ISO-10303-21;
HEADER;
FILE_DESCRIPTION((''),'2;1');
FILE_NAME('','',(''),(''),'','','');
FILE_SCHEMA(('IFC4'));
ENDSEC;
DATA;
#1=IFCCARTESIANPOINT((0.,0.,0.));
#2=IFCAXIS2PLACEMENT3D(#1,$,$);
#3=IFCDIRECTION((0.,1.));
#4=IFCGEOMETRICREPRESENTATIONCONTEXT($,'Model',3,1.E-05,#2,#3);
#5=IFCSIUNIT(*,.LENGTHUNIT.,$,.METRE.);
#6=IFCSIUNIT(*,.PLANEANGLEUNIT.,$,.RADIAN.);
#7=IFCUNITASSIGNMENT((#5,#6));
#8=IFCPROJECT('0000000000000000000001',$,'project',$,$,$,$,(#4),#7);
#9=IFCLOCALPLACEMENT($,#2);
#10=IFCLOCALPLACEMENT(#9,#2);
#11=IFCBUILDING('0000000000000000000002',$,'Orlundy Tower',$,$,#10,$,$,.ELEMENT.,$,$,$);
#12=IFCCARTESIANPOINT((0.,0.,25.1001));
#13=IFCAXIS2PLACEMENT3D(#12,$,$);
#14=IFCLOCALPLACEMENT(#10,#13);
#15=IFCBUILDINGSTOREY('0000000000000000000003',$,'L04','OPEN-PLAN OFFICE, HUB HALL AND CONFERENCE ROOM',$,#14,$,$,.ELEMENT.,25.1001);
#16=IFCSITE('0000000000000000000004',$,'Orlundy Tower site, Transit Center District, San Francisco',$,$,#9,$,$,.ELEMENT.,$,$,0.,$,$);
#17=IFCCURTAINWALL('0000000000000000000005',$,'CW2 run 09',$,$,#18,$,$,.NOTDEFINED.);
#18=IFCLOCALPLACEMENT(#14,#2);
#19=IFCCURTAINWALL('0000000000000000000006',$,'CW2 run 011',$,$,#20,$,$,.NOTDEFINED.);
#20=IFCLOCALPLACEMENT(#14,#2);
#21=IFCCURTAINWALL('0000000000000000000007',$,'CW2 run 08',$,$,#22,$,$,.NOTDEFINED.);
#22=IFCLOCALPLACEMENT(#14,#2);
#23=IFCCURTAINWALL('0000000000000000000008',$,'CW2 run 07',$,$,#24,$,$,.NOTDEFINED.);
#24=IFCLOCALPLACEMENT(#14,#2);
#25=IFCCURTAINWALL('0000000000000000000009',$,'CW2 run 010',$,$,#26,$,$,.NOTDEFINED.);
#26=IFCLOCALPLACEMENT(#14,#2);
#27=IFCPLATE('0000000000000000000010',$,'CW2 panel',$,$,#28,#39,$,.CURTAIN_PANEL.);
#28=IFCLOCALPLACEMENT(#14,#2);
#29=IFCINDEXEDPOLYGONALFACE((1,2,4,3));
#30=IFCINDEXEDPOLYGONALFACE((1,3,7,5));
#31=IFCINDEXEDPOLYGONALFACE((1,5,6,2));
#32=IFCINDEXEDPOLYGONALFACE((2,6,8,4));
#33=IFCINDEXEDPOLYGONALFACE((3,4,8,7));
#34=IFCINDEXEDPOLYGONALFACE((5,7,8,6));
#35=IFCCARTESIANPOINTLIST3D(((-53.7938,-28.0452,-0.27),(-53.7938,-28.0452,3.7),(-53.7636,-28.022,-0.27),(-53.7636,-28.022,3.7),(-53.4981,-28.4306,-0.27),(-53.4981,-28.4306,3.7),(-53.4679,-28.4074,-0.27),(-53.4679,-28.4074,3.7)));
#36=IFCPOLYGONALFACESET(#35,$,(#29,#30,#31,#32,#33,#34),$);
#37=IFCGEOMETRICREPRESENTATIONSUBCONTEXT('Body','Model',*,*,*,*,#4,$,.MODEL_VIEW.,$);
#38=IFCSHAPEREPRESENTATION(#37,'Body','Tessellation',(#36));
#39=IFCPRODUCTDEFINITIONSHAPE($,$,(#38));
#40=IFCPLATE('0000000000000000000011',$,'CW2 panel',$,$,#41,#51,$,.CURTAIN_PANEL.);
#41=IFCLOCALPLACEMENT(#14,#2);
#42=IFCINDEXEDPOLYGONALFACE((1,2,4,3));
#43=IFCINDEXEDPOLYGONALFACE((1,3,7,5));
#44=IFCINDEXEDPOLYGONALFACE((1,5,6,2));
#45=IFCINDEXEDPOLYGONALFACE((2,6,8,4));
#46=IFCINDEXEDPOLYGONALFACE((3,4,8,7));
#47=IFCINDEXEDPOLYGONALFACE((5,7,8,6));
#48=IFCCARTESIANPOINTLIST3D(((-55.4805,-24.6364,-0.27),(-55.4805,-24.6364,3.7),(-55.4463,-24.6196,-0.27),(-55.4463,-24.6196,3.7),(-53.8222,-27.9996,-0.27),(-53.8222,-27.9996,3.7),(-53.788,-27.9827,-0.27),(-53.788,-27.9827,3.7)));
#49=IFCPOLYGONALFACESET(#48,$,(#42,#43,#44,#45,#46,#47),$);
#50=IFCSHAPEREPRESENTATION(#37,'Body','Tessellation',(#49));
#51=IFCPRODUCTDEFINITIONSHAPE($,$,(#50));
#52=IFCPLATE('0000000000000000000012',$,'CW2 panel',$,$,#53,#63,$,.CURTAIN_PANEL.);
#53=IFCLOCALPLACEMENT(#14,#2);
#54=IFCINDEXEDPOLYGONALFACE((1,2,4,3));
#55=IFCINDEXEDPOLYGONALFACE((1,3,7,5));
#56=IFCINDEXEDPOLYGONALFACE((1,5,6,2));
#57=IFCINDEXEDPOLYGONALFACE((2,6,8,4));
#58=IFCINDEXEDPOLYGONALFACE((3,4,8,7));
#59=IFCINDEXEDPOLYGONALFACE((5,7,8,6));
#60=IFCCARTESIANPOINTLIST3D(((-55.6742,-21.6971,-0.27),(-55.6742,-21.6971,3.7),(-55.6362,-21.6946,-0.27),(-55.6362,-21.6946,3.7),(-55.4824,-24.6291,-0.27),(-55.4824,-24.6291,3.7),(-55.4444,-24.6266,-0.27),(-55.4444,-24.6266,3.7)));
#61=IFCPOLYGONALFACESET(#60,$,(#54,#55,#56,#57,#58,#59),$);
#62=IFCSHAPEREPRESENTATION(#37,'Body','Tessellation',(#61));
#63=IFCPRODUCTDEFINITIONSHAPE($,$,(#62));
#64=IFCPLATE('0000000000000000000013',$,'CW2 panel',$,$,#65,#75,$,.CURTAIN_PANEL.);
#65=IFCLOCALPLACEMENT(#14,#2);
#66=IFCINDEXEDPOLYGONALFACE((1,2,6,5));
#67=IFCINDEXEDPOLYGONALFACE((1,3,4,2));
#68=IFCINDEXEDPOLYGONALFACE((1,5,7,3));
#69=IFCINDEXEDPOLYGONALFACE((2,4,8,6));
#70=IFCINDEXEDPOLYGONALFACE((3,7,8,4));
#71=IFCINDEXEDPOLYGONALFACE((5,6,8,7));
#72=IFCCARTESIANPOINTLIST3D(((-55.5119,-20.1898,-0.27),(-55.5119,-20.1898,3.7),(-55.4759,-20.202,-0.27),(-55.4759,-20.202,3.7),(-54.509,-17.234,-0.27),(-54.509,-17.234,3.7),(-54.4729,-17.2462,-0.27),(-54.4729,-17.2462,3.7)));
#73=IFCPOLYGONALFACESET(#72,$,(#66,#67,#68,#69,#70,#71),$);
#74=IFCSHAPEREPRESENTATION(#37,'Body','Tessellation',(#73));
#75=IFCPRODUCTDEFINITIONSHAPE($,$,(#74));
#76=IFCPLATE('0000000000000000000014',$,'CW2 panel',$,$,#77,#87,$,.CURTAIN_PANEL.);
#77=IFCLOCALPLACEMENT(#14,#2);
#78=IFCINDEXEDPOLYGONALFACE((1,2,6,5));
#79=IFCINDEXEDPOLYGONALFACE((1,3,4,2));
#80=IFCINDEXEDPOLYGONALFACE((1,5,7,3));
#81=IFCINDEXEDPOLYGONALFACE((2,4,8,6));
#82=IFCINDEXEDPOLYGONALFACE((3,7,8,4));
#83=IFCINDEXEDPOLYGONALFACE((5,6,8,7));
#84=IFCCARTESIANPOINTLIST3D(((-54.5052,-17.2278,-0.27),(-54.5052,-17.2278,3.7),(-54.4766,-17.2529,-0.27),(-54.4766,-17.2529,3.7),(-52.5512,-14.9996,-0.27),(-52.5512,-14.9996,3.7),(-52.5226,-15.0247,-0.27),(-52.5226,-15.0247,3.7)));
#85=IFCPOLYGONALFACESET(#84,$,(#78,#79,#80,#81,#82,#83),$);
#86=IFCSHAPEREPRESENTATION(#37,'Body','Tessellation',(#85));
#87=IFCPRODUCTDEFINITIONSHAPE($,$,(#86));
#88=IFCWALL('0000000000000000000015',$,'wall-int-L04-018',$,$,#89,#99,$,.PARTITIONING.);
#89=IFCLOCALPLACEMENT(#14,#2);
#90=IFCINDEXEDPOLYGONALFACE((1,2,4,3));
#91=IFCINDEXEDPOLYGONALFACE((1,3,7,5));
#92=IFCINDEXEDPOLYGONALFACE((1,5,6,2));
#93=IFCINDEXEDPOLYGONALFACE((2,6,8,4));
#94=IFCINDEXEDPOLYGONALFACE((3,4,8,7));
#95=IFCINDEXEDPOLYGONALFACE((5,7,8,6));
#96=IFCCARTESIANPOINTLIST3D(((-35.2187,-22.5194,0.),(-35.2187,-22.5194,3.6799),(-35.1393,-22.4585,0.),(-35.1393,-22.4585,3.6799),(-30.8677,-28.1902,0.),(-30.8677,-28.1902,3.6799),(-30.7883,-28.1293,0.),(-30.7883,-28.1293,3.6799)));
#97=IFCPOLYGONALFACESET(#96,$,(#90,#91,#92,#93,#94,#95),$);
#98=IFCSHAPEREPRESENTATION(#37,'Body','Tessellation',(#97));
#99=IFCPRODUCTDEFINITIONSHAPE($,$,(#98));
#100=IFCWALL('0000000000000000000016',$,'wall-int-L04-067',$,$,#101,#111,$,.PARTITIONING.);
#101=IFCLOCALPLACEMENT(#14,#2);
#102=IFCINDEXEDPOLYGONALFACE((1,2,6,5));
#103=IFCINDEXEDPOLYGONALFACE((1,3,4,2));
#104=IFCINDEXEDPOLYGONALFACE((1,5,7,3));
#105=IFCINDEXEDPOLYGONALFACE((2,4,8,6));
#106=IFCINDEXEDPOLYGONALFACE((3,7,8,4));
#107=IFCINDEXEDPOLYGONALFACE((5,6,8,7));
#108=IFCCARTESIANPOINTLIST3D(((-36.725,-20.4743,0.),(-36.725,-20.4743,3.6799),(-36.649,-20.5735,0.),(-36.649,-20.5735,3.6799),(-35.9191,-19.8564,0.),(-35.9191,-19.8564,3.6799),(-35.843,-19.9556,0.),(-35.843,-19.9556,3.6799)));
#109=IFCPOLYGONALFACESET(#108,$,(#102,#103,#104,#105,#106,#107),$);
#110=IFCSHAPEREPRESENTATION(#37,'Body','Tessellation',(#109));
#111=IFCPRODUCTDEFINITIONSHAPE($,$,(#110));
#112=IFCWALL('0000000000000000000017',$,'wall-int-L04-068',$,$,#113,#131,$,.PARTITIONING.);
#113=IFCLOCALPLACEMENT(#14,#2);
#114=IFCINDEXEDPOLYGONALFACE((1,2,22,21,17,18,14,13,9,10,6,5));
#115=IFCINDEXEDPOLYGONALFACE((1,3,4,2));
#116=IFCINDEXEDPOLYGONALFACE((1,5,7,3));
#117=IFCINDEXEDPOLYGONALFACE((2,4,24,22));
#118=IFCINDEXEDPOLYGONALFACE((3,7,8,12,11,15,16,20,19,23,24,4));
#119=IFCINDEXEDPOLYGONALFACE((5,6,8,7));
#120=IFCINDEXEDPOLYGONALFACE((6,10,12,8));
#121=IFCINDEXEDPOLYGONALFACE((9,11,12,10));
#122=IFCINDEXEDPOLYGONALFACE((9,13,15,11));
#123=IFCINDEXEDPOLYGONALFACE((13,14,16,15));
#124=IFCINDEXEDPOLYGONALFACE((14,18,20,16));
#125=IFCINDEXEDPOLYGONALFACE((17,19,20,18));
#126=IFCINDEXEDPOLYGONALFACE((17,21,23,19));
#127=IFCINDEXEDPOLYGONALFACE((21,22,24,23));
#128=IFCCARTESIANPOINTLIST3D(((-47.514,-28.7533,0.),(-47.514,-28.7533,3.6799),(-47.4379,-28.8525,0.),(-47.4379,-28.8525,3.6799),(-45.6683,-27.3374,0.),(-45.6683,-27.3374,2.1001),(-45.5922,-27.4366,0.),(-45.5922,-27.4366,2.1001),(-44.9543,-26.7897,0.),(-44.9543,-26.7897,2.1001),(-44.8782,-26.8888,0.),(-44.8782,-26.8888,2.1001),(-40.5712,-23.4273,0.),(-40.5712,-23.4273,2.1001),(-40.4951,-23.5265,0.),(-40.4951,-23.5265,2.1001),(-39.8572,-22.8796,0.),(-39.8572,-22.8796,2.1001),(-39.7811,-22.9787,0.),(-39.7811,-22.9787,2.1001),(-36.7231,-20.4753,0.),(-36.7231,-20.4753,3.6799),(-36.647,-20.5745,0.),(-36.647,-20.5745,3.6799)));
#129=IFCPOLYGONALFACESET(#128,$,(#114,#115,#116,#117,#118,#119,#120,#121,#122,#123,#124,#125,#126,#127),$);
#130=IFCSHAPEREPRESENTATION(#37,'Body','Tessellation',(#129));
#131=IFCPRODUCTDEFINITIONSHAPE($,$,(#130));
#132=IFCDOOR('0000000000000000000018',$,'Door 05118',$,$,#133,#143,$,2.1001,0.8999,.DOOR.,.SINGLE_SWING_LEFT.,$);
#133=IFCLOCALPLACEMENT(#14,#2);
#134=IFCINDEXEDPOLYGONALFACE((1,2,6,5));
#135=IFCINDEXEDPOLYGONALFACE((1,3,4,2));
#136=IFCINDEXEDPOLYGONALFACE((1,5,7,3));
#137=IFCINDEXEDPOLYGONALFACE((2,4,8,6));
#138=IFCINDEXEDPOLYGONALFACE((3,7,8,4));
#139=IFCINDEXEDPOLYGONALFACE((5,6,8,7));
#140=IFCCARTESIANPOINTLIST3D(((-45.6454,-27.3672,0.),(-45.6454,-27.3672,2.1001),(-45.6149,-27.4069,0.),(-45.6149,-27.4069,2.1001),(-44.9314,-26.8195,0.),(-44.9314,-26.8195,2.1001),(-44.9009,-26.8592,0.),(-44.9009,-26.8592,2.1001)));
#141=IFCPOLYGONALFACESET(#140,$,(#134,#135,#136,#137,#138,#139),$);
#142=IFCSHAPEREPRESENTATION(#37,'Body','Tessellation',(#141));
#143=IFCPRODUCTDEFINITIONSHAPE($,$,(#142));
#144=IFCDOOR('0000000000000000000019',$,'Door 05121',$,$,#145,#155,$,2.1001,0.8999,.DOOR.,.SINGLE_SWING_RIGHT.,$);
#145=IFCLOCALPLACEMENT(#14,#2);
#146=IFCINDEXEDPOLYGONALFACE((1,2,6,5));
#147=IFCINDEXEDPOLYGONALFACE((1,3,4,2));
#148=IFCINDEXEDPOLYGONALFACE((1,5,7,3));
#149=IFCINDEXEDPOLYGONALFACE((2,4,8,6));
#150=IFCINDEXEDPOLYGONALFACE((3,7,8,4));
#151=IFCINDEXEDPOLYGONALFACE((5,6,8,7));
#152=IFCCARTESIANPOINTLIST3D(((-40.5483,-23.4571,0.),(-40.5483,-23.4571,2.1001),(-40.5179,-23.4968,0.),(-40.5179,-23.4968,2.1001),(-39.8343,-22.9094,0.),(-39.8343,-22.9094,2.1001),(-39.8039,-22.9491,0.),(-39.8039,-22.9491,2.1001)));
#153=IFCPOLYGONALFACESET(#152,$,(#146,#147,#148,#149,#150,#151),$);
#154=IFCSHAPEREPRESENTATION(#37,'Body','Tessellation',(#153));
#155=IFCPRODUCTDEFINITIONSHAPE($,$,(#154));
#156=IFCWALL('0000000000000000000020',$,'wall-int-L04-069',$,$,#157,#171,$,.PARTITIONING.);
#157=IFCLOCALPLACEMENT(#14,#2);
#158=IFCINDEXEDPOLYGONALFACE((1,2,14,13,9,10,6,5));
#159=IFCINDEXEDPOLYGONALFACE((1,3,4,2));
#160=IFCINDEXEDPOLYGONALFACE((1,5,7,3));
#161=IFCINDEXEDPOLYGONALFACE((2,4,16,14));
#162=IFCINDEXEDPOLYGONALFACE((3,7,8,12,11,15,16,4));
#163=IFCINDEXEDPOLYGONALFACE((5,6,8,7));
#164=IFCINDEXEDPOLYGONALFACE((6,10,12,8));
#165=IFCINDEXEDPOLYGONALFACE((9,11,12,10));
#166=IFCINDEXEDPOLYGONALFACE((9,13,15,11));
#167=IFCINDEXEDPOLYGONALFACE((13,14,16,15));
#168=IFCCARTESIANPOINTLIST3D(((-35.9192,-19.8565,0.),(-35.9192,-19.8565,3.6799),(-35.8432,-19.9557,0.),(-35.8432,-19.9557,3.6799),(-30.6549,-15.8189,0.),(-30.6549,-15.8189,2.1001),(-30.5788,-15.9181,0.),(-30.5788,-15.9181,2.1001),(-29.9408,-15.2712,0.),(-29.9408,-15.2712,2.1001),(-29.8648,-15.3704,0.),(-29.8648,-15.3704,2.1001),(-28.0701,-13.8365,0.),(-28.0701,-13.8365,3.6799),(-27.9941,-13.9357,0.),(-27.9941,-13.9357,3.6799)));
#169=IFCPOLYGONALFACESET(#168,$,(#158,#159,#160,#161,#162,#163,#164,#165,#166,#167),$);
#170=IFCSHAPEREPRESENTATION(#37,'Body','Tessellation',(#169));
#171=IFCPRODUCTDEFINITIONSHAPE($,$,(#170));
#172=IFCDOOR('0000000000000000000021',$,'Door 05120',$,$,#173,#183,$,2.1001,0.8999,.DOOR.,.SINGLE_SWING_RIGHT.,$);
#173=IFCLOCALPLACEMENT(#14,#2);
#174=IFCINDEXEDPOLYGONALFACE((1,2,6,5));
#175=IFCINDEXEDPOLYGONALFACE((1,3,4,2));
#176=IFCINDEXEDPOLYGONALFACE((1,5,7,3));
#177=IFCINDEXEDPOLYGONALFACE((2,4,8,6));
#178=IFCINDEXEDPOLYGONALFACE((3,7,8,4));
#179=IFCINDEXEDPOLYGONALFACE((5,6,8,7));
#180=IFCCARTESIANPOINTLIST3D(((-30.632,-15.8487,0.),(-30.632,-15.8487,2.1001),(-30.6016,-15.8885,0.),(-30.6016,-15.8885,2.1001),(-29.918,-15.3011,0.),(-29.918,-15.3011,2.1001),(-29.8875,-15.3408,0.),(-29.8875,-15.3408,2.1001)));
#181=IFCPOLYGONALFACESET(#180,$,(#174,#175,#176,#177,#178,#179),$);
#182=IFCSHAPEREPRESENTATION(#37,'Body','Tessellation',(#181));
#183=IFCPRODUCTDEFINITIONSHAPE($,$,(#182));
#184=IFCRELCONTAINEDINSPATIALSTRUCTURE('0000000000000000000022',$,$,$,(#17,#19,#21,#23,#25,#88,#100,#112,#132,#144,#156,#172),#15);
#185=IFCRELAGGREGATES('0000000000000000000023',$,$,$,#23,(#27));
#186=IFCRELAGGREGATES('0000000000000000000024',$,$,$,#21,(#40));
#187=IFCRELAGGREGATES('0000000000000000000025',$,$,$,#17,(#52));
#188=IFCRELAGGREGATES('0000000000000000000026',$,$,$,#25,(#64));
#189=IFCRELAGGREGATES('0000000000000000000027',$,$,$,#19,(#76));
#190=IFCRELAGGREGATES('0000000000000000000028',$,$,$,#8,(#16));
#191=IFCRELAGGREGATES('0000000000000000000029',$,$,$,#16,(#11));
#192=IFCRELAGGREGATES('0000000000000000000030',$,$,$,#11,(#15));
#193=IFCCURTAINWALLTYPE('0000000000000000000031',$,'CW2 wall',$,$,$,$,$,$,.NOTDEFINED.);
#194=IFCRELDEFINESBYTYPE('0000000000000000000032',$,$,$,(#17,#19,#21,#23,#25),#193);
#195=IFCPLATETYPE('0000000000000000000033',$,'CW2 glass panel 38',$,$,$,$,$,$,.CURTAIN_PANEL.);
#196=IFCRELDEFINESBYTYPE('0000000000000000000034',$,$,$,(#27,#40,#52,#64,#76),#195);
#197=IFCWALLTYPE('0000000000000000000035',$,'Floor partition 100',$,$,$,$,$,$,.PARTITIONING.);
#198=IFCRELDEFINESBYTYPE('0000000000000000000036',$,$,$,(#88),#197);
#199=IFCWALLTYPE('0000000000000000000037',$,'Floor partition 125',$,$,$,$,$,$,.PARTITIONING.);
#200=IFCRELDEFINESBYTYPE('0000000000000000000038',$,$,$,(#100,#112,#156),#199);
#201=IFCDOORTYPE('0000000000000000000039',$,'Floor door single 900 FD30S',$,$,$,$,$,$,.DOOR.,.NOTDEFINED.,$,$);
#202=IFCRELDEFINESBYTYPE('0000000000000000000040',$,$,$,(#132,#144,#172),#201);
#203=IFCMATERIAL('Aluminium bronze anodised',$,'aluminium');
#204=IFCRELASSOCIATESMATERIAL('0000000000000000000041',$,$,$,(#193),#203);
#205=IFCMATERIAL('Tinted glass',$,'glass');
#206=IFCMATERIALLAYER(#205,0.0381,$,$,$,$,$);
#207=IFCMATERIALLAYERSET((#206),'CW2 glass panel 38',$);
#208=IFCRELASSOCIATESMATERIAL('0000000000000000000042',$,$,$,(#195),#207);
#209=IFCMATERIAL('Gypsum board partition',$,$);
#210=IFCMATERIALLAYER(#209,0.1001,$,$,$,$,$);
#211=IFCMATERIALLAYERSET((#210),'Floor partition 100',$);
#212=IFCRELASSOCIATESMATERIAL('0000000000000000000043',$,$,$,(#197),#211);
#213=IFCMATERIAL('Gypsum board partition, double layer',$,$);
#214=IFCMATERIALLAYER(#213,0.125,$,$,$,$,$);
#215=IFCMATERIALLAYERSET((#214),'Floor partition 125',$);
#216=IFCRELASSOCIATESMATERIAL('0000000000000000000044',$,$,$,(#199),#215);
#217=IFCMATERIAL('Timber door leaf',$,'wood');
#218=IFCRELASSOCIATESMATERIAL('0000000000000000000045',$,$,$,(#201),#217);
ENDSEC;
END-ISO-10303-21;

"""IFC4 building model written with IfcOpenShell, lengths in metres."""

from ifc_helpers import new_model, si_unit, direction, frame, frame_2d, origin, origin_2d, place, context, subcontext, project, spatial, rectangle, extrude, material, layer, layer_set, type_object, element, fill, aggregate, save


model = new_model("IFC4")

# Units and contexts
model_context = context("Model", 3, precision=1e-05, world=origin(), true_north=direction((0.0, 1.0)))
body_context = subcontext(model_context, "Body", "Model", "MODEL_VIEW")
ifc_project = project(units=[si_unit("LENGTHUNIT", "METRE"), si_unit("PLANEANGLEUNIT", "RADIAN")], contexts=[model_context])

# Site, building, storey
site_placement = place(None, origin())
site = spatial("IfcSite", under=ifc_project, at=site_placement, Name="Orlundy Tower site, Transit Center District, San Francisco", CompositionType="ELEMENT", RefElevation=0.0)
building_placement = place(site_placement, origin())
building = spatial("IfcBuilding", under=site, at=building_placement, Name="Orlundy Tower", CompositionType="ELEMENT")
storey_placement = place(building_placement, frame((0.0, 0.0, 25.1001)))
storey = spatial("IfcBuildingStorey", under=building, at=storey_placement, Name="L04", Description="OPEN-PLAN OFFICE, HUB HALL AND CONFERENCE ROOM", CompositionType="ELEMENT", Elevation=25.1001)

# Curtain walls
ifc_material_1 = material(Name="Aluminium bronze anodised", Category="aluminium")
curtain_wall_type = type_object("IfcCurtainWallType", Name="CW2 wall", PredefinedType="NOTDEFINED", material=ifc_material_1)
curtain_wall_1_placement = place(storey_placement, origin())
curtain_wall_1 = element("IfcCurtainWall", 1, at=curtain_wall_1_placement, inside=storey, type_object=curtain_wall_type, Name="CW2 run 09", PredefinedType="NOTDEFINED")
curtain_wall_2_placement = place(storey_placement, origin())
curtain_wall_2 = element("IfcCurtainWall", 2, at=curtain_wall_2_placement, inside=storey, type_object=curtain_wall_type, Name="CW2 run 011", PredefinedType="NOTDEFINED")
curtain_wall_3_placement = place(storey_placement, origin())
curtain_wall_3 = element("IfcCurtainWall", 3, at=curtain_wall_3_placement, inside=storey, type_object=curtain_wall_type, Name="CW2 run 08", PredefinedType="NOTDEFINED")
curtain_wall_4_placement = place(storey_placement, origin())
curtain_wall_4 = element("IfcCurtainWall", 4, at=curtain_wall_4_placement, inside=storey, type_object=curtain_wall_type, Name="CW2 run 07", PredefinedType="NOTDEFINED")

# Curtain wall
curtain_wall_5_placement = place(storey_placement, origin())
curtain_wall_5 = element("IfcCurtainWall", 5, at=curtain_wall_5_placement, inside=storey, type_object=curtain_wall_type, Name="CW2 run 010", PredefinedType="NOTDEFINED")

# Plates
ifc_material_2 = material(Name="Tinted glass", Category="glass")
ifc_layer_1 = layer(ifc_material_2, 0.0381)
ifc_layer_set_1 = layer_set([ifc_layer_1], Name="CW2 glass panel 38")
plate_type = type_object("IfcPlateType", Name="CW2 glass panel 38", PredefinedType="CURTAIN_PANEL", material=ifc_layer_set_1)
plate_1_placement = place(storey_placement, frame((-53.6309, -28.2263, -0.27), z_axis=(0.0, 0.0, 1.0), x_axis=(-0.608748, 0.793363, 0.0)))
plate_1 = element("IfcPlate", 6, at=plate_1_placement, type_object=plate_type, Name="CW2 panel", PredefinedType="CURTAIN_PANEL", context=body_context, shape_type="SweptSolid", body=[
    extrude(rectangle(XDim=0.4858, YDim=0.0381, at=origin_2d()), origin(), (0.0, 0.0, 1.0), 3.97),
])
aggregate(curtain_wall_4, [plate_1])
plate_2_placement = place(storey_placement, frame((-54.6343, -26.3096, -0.27), z_axis=(0.0, 0.0, 1.0), x_axis=(-0.442242, 0.896896, 0.0)))
plate_2 = element("IfcPlate", 7, at=plate_2_placement, type_object=plate_type, Name="CW2 panel", PredefinedType="CURTAIN_PANEL", context=body_context, shape_type="SweptSolid", body=[
    extrude(rectangle(XDim=3.7498, YDim=0.0381, at=origin_2d()), origin(), (0.0, 0.0, 1.0), 3.97),
])
aggregate(curtain_wall_3, [plate_2])
plate_3_placement = place(storey_placement, frame((-55.5593, -23.1619, -0.27), z_axis=(0.0, 0.0, 1.0), x_axis=(-0.065284, 0.997867, 0.0)))
plate_3 = element("IfcPlate", 8, at=plate_3_placement, type_object=plate_type, Name="CW2 panel", PredefinedType="CURTAIN_PANEL", context=body_context, shape_type="SweptSolid", body=[
    extrude(rectangle(XDim=2.9382, YDim=0.0381, at=origin_2d()), origin(), (0.0, 0.0, 1.0), 3.97),
])
aggregate(curtain_wall_1, [plate_3])
plate_4_placement = place(storey_placement, frame((-54.9924, -18.718, -0.27), z_axis=(0.0, 0.0, 1.0), x_axis=(0.321322, 0.94697, 0.0)))
plate_4 = element("IfcPlate", 9, at=plate_4_placement, type_object=plate_type, Name="CW2 panel", PredefinedType="CURTAIN_PANEL", context=body_context, shape_type="SweptSolid", body=[
    extrude(rectangle(XDim=3.1213, YDim=0.0381, at=origin_2d()), origin(), (0.0, 0.0, 1.0), 3.97),
])
aggregate(curtain_wall_5, [plate_4])
plate_5_placement = place(storey_placement, frame((-53.5139, -16.1262, -0.27), z_axis=(0.0, 0.0, 1.0), x_axis=(0.659325, 0.751858, 0.0)))
plate_5 = element("IfcPlate", 10, at=plate_5_placement, type_object=plate_type, Name="CW2 panel", PredefinedType="CURTAIN_PANEL", context=body_context, shape_type="SweptSolid", body=[
    extrude(rectangle(XDim=2.9636, YDim=0.0381, at=origin_2d()), origin(), (0.0, 0.0, 1.0), 3.97),
])
aggregate(curtain_wall_2, [plate_5])

# Walls
ifc_material_3 = material(Name="Gypsum board partition")
ifc_layer_2 = layer(ifc_material_3, 0.1001)
ifc_layer_set_2 = layer_set([ifc_layer_2], Name="Floor partition 100")
wall_type_1 = type_object("IfcWallType", Name="Floor partition 100", PredefinedType="PARTITIONING", material=ifc_layer_set_2)
wall_1_placement = place(storey_placement, frame((-35.179, -22.489, 0.0), z_axis=(0.0, 0.0, 1.0), x_axis=(0.60873, -0.793378, 0.0)))
element("IfcWall", 11, at=wall_1_placement, inside=storey, type_object=wall_type_1, Name="wall-int-L04-018", PredefinedType="PARTITIONING", context=body_context, shape_type="SweptSolid", body=[
    extrude(rectangle(XDim=7.1477, YDim=0.1001, at=frame_2d((3.5737, 0.0))), origin(), (0.0, 0.0, 1.0), 3.6799),
])
ifc_material_4 = material(Name="Gypsum board partition, double layer")
ifc_layer_3 = layer(ifc_material_4, 0.125)
ifc_layer_set_3 = layer_set([ifc_layer_3], Name="Floor partition 125")
wall_type_2 = type_object("IfcWallType", Name="Floor partition 125", PredefinedType="PARTITIONING", material=ifc_layer_set_3)
wall_2_placement = place(storey_placement, frame((-36.687, -20.5239, 0.0), z_axis=(0.0, 0.0, 1.0), x_axis=(0.793579, 0.608467, 0.0)))
element("IfcWall", 12, at=wall_2_placement, inside=storey, type_object=wall_type_2, Name="wall-int-L04-067", PredefinedType="PARTITIONING", context=body_context, shape_type="SweptSolid", body=[
    extrude(rectangle(XDim=1.0156, YDim=0.125, at=frame_2d((0.5078, 0.0))), origin(), (0.0, 0.0, 1.0), 3.6799),
])

# Wall, openings, doors
wall_3_placement = place(storey_placement, frame((-47.4761, -28.803, 0.0), z_axis=(0.0, 0.0, 1.0), x_axis=(0.79343, 0.608661, 0.0)))
wall_3 = element("IfcWall", 13, at=wall_3_placement, inside=storey, type_object=wall_type_2, Name="wall-int-L04-068", PredefinedType="PARTITIONING", context=body_context, shape_type="SweptSolid", body=[
    extrude(rectangle(XDim=13.6003, YDim=0.125, at=frame_2d((6.8003, 0.0))), origin(), (0.0, 0.0, 1.0), 3.6799),
])
opening_1_placement = place(wall_3_placement, frame((2.3264, 0.0, 0.0)))
opening_1 = element("IfcOpeningElement", 14, at=opening_1_placement, cuts=wall_3, PredefinedType="OPENING", context=body_context, shape_type="SweptSolid", body=[
    extrude(rectangle(XDim=0.8999, YDim=2.1001, at=frame_2d((0.45, 1.05))), frame((0.0, 0.0725, 0.0), z_axis=(0.0, -1.0, 0.0), x_axis=(1.0, 0.0, 0.0)), (0.0, 0.0, 1.0), 0.145),
])
opening_2_placement = place(wall_3_placement, frame((8.7505, 0.0, 0.0)))
opening_2 = element("IfcOpeningElement", 15, at=opening_2_placement, cuts=wall_3, PredefinedType="OPENING", context=body_context, shape_type="SweptSolid", body=[
    extrude(rectangle(XDim=0.8999, YDim=2.1001, at=frame_2d((0.45, 1.05))), frame((0.0, 0.0725, 0.0), z_axis=(0.0, -1.0, 0.0), x_axis=(1.0, 0.0, 0.0)), (0.0, 0.0, 1.0), 0.145),
])
ifc_material_5 = material(Name="Timber door leaf", Category="wood")
door_type = type_object("IfcDoorType", Name="Floor door single 900 FD30S", OperationType="NOTDEFINED", PredefinedType="DOOR", material=ifc_material_5)
door_1_placement = place(opening_1_placement, origin())
door_1 = element("IfcDoor", 16, at=door_1_placement, inside=storey, type_object=door_type, Name="Door 05118", OperationType="SINGLE_SWING_LEFT", OverallHeight=2.1001, OverallWidth=0.8999, PredefinedType="DOOR", context=body_context, shape_type="SweptSolid", body=[
    extrude(rectangle(XDim=0.8999, YDim=2.1001, at=frame_2d((0.45, 1.05))), frame((0.0, 0.0249, 0.0), z_axis=(0.0, -1.0, 0.0), x_axis=(1.0, 0.0, 0.0)), (0.0, 0.0, 1.0), 0.05),
])
fill(opening_1, door_1)
door_2_placement = place(opening_2_placement, origin())
door_2 = element("IfcDoor", 17, at=door_2_placement, inside=storey, type_object=door_type, Name="Door 05121", OperationType="SINGLE_SWING_RIGHT", OverallHeight=2.1001, OverallWidth=0.8999, PredefinedType="DOOR", context=body_context, shape_type="SweptSolid", body=[
    extrude(rectangle(XDim=0.8999, YDim=2.1001, at=frame_2d((0.45, 1.05))), frame((0.0, 0.0249, 0.0), z_axis=(0.0, -1.0, 0.0), x_axis=(1.0, 0.0, 0.0)), (0.0, 0.0, 1.0), 0.05),
])
fill(opening_2, door_2)

# Wall, opening, door
wall_4_placement = place(storey_placement, frame((-35.8811, -19.906, 0.0), z_axis=(0.0, 0.0, 1.0), x_axis=(0.793491, 0.608582, 0.0)))
wall_4 = element("IfcWall", 18, at=wall_4_placement, inside=storey, type_object=wall_type_2, Name="wall-int-L04-069", PredefinedType="PARTITIONING", context=body_context, shape_type="SweptSolid", body=[
    extrude(rectangle(XDim=9.8918, YDim=0.125, at=frame_2d((4.9458, 0.0))), origin(), (0.0, 0.0, 1.0), 3.6799),
])
opening_3_placement = place(wall_4_placement, frame((6.6343, 0.0, 0.0)))
opening_3 = element("IfcOpeningElement", 19, at=opening_3_placement, cuts=wall_4, PredefinedType="OPENING", context=body_context, shape_type="SweptSolid", body=[
    extrude(rectangle(XDim=0.8999, YDim=2.1001, at=frame_2d((0.45, 1.05))), frame((0.0, 0.0725, 0.0), z_axis=(0.0, -1.0, 0.0), x_axis=(1.0, 0.0, 0.0)), (0.0, 0.0, 1.0), 0.145),
])
door_3_placement = place(opening_3_placement, origin())
door_3 = element("IfcDoor", 20, at=door_3_placement, inside=storey, type_object=door_type, Name="Door 05120", OperationType="SINGLE_SWING_RIGHT", OverallHeight=2.1001, OverallWidth=0.8999, PredefinedType="DOOR", context=body_context, shape_type="SweptSolid", body=[
    extrude(rectangle(XDim=0.8999, YDim=2.1001, at=frame_2d((0.45, 1.05))), frame((0.0, 0.0249, 0.0), z_axis=(0.0, -1.0, 0.0), x_axis=(1.0, 0.0, 0.0)), (0.0, 0.0, 1.0), 0.05),
])
fill(opening_3, door_3)

save(model, "model.ifc")
